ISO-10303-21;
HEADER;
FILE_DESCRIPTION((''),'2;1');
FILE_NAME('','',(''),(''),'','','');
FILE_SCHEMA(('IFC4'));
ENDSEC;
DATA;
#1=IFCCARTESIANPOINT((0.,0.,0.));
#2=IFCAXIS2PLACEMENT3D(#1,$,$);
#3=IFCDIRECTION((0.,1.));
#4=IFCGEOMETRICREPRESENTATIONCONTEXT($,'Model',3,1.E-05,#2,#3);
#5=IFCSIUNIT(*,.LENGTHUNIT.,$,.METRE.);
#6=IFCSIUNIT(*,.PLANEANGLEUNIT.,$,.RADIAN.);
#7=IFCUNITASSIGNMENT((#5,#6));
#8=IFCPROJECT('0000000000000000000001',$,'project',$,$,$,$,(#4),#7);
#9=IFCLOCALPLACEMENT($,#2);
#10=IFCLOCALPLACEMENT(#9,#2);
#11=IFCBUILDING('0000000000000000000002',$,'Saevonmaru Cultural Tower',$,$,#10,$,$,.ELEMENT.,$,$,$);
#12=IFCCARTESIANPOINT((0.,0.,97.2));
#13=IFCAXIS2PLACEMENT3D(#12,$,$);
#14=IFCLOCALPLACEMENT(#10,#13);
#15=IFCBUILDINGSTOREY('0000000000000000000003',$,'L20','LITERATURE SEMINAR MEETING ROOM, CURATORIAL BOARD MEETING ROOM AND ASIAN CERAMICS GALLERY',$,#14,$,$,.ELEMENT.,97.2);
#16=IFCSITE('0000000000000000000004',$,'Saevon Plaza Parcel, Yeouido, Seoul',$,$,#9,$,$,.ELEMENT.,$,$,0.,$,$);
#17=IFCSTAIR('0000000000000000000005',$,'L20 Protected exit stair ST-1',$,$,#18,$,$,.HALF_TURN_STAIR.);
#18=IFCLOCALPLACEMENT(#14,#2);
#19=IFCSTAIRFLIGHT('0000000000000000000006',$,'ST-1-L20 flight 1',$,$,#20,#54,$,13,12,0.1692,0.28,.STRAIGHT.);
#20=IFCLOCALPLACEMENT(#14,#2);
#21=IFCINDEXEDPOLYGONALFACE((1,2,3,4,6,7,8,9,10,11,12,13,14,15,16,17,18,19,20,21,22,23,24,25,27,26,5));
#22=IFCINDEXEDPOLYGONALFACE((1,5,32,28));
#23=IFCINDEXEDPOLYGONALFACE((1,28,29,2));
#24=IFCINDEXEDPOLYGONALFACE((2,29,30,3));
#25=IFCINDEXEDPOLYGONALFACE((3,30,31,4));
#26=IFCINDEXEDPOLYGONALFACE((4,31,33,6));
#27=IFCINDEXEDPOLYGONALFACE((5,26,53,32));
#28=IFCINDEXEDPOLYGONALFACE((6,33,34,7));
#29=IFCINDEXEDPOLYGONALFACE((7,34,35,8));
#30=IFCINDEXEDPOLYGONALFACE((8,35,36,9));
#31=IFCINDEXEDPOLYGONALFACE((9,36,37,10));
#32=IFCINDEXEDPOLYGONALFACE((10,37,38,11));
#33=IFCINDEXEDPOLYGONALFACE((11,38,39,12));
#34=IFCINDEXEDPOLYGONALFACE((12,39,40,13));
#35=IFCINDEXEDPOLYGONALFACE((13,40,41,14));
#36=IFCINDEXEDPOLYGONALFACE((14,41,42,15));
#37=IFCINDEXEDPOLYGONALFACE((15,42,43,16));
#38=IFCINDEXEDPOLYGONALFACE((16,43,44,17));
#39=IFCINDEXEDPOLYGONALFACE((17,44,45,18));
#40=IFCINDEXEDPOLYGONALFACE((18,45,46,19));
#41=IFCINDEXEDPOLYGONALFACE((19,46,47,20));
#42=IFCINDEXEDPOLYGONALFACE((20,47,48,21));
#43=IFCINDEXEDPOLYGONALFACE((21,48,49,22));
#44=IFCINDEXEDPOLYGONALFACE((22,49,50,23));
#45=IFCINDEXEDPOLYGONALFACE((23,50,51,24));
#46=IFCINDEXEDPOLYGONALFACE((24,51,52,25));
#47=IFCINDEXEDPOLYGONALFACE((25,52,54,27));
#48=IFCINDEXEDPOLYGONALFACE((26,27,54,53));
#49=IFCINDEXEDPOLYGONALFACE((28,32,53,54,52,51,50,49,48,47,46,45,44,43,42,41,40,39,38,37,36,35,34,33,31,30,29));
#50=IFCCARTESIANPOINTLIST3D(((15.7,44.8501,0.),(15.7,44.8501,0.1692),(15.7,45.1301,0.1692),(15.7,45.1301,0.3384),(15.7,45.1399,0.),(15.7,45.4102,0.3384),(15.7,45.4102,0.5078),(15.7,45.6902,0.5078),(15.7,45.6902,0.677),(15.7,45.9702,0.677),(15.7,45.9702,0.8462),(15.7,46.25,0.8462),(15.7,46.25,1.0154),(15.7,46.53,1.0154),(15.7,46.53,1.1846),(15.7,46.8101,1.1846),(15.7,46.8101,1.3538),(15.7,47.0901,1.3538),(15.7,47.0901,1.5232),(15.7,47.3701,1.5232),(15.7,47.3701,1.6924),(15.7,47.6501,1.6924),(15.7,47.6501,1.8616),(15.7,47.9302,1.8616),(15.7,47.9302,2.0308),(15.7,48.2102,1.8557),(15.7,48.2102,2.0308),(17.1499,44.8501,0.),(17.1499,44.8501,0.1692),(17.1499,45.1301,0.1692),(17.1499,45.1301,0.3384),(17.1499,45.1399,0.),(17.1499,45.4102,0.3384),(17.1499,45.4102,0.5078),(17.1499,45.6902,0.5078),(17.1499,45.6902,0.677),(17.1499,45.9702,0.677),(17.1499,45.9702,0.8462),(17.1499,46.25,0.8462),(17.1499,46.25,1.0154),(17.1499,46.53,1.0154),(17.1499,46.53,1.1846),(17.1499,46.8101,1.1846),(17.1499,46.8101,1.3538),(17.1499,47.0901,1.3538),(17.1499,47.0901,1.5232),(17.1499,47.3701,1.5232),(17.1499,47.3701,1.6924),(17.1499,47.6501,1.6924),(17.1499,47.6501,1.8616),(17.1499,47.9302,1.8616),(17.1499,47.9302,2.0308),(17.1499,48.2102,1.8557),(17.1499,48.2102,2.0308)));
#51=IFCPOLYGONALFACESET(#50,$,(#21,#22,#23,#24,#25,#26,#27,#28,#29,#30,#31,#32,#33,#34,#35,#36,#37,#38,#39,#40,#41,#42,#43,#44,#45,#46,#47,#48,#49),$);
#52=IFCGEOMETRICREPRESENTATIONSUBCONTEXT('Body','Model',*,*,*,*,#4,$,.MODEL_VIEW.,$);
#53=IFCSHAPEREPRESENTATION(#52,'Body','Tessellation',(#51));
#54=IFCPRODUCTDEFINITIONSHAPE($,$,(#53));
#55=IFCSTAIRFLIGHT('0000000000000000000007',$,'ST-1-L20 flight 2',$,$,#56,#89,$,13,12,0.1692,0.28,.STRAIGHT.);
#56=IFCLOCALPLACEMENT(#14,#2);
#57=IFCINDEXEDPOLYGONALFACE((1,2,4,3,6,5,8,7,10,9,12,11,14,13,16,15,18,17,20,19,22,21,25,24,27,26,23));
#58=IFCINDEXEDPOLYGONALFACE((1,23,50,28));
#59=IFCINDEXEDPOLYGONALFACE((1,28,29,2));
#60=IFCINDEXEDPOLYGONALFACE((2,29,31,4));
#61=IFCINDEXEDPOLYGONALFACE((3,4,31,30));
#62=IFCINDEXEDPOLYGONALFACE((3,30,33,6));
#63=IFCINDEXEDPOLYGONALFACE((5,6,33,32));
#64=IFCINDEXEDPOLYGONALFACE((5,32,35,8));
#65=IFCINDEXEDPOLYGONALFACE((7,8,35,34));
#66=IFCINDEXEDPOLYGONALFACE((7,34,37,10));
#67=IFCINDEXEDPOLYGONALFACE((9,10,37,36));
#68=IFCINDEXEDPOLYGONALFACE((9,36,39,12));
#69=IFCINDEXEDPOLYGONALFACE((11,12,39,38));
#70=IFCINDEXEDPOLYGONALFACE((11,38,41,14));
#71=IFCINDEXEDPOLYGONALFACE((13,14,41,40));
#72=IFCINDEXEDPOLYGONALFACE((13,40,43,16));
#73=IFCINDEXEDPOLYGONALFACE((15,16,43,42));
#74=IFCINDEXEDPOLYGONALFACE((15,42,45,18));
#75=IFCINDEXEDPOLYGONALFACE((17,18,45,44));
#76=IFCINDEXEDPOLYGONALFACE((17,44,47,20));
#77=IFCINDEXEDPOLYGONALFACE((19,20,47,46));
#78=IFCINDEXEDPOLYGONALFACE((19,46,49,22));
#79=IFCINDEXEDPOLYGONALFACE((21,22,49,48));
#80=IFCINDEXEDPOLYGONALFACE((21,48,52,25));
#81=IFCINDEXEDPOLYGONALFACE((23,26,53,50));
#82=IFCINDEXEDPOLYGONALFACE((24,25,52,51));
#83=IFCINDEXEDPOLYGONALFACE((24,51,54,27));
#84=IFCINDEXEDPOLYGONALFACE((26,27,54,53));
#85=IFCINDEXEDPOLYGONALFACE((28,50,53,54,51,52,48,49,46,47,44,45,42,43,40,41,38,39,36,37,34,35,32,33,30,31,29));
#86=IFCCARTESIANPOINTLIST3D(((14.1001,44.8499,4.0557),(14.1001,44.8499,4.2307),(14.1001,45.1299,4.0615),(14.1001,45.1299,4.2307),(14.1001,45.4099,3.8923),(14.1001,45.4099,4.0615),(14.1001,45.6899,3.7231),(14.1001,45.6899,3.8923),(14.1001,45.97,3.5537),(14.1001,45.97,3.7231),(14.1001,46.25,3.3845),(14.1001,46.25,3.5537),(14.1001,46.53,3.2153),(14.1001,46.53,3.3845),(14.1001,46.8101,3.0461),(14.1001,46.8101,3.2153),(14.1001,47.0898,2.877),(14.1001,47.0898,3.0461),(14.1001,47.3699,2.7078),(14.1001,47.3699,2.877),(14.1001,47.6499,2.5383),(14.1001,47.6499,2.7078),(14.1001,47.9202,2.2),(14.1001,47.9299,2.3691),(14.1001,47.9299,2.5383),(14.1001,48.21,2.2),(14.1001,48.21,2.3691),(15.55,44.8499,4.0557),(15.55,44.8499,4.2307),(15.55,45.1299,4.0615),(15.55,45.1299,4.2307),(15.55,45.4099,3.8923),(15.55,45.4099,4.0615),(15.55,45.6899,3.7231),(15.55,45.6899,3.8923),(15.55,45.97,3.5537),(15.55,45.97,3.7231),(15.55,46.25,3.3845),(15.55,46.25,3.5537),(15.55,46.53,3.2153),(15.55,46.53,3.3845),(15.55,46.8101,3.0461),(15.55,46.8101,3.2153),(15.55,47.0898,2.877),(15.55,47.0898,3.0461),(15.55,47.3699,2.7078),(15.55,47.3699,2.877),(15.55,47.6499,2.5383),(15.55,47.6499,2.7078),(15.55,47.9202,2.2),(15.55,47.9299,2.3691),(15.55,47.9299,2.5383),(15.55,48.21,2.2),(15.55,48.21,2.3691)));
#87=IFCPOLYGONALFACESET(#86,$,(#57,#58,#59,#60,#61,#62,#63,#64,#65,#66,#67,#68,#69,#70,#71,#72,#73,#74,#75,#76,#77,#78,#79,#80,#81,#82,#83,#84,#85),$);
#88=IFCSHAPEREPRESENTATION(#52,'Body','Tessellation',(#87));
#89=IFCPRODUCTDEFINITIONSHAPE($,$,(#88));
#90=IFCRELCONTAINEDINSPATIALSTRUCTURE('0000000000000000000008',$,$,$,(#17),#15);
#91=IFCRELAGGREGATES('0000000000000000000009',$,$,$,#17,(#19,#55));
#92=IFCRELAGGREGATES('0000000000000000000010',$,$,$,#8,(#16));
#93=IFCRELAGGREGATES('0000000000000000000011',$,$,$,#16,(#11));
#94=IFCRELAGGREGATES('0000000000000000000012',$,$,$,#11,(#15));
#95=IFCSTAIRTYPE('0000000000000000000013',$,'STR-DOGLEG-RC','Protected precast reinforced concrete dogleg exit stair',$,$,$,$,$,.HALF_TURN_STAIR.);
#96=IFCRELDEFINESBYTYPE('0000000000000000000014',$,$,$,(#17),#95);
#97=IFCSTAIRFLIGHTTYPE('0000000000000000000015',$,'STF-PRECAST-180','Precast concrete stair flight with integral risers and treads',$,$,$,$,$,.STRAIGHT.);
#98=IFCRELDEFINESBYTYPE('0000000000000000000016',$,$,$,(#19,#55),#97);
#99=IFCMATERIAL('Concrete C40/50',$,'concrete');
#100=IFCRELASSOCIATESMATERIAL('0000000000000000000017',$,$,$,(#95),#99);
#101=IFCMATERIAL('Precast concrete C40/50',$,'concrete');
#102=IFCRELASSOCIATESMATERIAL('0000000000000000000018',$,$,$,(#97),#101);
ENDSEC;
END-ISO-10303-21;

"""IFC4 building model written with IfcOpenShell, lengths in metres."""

from ifc_helpers import new_model, si_unit, direction, frame, origin, place, context, subcontext, project, spatial, polyline, outline, extrude, material, type_object, element, aggregate, save


model = new_model("IFC4")

# Units and contexts
model_context = context("Model", 3, precision=1e-05, world=origin(), true_north=direction((0.0, 1.0)))
body_context = subcontext(model_context, "Body", "Model", "MODEL_VIEW")
ifc_project = project(units=[si_unit("LENGTHUNIT", "METRE"), si_unit("PLANEANGLEUNIT", "RADIAN")], contexts=[model_context])

# Site, building, storey
site_placement = place(None, origin())
site = spatial("IfcSite", under=ifc_project, at=site_placement, Name="Saevon Plaza Parcel, Yeouido, Seoul", CompositionType="ELEMENT", RefElevation=0.0)
building_placement = place(site_placement, origin())
building = spatial("IfcBuilding", under=site, at=building_placement, Name="Saevonmaru Cultural Tower", CompositionType="ELEMENT")
storey_placement = place(building_placement, frame((0.0, 0.0, 97.2)))
storey = spatial("IfcBuildingStorey", under=building, at=storey_placement, Name="L20", Description="LITERATURE SEMINAR MEETING ROOM, CURATORIAL BOARD MEETING ROOM AND ASIAN CERAMICS GALLERY", CompositionType="ELEMENT", Elevation=97.2)

# Shared definitions
ifc_material_1 = material(Name="Concrete C40/50", Category="concrete")

# Stair, stair flights
stair_type = type_object("IfcStairType", Name="STR-DOGLEG-RC", Description="Protected precast reinforced concrete dogleg exit stair", PredefinedType="HALF_TURN_STAIR", material=ifc_material_1)
stair_placement = place(storey_placement, origin())
stair = element("IfcStair", 1, at=stair_placement, inside=storey, type_object=stair_type, Name="L20 Protected exit stair ST-1", PredefinedType="HALF_TURN_STAIR")
ifc_material_2 = material(Name="Precast concrete C40/50", Category="concrete")
stair_flight_type = type_object("IfcStairFlightType", Name="STF-PRECAST-180", Description="Precast concrete stair flight with integral risers and treads", PredefinedType="STRAIGHT", material=ifc_material_2)
stair_flight_1_placement = place(storey_placement, frame((16.425, 44.8501, 0.0), z_axis=(0.0, 0.0, 1.0), x_axis=(0.0, 1.0, 0.0)))
stair_flight_1 = element("IfcStairFlight", 2, at=stair_flight_1_placement, type_object=stair_flight_type, Name="ST-1-L20 flight 1", NumberOfRisers=13, NumberOfTreads=12, PredefinedType="STRAIGHT", RiserHeight=0.1692, TreadLength=0.28, context=body_context, shape_type="SweptSolid", body=[
    extrude(outline(polyline([(0.0, 0.0), (0.0, 0.1692), (0.28, 0.1692), (0.28, 0.3384), (0.5601, 0.3384), (0.5601, 0.5078), (0.8401, 0.5078), (0.8401, 0.677), (1.1201, 0.677), (1.1201, 0.8462), (1.3999, 0.8462), (1.3999, 1.0154), (1.6799, 1.0154), (1.6799, 1.1846), (1.96, 1.1846), (1.96, 1.3538), (2.24, 1.3538), (2.24, 1.5232), (2.52, 1.5232), (2.52, 1.6924), (2.8, 1.6924), (2.8, 1.8616), (3.0801, 1.8616), (3.0801, 2.0308), (3.3601, 2.0308), (3.3601, 2.2), (3.3601, 1.8557), (0.2898, 0.0), (0.0, 0.0)])), frame((0.0, 0.7251, 0.0), z_axis=(0.0, -1.0, 0.0), x_axis=(1.0, 0.0, 0.0)), (0.0, 0.0, 1.0), 1.45),
])
stair_flight_2_placement = place(storey_placement, frame((14.825, 48.21, 2.2), z_axis=(0.0, 0.0, 1.0), x_axis=(0.0, -1.0, 0.0)))
stair_flight_2 = element("IfcStairFlight", 3, at=stair_flight_2_placement, type_object=stair_flight_type, Name="ST-1-L20 flight 2", NumberOfRisers=13, NumberOfTreads=12, PredefinedType="STRAIGHT", RiserHeight=0.1692, TreadLength=0.28, context=body_context, shape_type="SweptSolid", body=[
    extrude(outline(polyline([(0.0, 0.0), (0.0, 0.1692), (0.28, 0.1692), (0.28, 0.3384), (0.5601, 0.3384), (0.5601, 0.5078), (0.8401, 0.5078), (0.8401, 0.677), (1.1201, 0.677), (1.1201, 0.8462), (1.3999, 0.8462), (1.3999, 1.0154), (1.6799, 1.0154), (1.6799, 1.1846), (1.96, 1.1846), (1.96, 1.3538), (2.24, 1.3538), (2.24, 1.5232), (2.52, 1.5232), (2.52, 1.6924), (2.8, 1.6924), (2.8, 1.8616), (3.0801, 1.8616), (3.0801, 2.0308), (3.3601, 2.0308), (3.3601, 2.2), (3.3601, 1.8557), (0.2898, 0.0), (0.0, 0.0)])), frame((0.0, 0.7251, 0.0), z_axis=(0.0, -1.0, 0.0), x_axis=(1.0, 0.0, 0.0)), (0.0, 0.0, 1.0), 1.45),
])
aggregate(stair, [stair_flight_1, stair_flight_2])

save(model, "model.ifc")
